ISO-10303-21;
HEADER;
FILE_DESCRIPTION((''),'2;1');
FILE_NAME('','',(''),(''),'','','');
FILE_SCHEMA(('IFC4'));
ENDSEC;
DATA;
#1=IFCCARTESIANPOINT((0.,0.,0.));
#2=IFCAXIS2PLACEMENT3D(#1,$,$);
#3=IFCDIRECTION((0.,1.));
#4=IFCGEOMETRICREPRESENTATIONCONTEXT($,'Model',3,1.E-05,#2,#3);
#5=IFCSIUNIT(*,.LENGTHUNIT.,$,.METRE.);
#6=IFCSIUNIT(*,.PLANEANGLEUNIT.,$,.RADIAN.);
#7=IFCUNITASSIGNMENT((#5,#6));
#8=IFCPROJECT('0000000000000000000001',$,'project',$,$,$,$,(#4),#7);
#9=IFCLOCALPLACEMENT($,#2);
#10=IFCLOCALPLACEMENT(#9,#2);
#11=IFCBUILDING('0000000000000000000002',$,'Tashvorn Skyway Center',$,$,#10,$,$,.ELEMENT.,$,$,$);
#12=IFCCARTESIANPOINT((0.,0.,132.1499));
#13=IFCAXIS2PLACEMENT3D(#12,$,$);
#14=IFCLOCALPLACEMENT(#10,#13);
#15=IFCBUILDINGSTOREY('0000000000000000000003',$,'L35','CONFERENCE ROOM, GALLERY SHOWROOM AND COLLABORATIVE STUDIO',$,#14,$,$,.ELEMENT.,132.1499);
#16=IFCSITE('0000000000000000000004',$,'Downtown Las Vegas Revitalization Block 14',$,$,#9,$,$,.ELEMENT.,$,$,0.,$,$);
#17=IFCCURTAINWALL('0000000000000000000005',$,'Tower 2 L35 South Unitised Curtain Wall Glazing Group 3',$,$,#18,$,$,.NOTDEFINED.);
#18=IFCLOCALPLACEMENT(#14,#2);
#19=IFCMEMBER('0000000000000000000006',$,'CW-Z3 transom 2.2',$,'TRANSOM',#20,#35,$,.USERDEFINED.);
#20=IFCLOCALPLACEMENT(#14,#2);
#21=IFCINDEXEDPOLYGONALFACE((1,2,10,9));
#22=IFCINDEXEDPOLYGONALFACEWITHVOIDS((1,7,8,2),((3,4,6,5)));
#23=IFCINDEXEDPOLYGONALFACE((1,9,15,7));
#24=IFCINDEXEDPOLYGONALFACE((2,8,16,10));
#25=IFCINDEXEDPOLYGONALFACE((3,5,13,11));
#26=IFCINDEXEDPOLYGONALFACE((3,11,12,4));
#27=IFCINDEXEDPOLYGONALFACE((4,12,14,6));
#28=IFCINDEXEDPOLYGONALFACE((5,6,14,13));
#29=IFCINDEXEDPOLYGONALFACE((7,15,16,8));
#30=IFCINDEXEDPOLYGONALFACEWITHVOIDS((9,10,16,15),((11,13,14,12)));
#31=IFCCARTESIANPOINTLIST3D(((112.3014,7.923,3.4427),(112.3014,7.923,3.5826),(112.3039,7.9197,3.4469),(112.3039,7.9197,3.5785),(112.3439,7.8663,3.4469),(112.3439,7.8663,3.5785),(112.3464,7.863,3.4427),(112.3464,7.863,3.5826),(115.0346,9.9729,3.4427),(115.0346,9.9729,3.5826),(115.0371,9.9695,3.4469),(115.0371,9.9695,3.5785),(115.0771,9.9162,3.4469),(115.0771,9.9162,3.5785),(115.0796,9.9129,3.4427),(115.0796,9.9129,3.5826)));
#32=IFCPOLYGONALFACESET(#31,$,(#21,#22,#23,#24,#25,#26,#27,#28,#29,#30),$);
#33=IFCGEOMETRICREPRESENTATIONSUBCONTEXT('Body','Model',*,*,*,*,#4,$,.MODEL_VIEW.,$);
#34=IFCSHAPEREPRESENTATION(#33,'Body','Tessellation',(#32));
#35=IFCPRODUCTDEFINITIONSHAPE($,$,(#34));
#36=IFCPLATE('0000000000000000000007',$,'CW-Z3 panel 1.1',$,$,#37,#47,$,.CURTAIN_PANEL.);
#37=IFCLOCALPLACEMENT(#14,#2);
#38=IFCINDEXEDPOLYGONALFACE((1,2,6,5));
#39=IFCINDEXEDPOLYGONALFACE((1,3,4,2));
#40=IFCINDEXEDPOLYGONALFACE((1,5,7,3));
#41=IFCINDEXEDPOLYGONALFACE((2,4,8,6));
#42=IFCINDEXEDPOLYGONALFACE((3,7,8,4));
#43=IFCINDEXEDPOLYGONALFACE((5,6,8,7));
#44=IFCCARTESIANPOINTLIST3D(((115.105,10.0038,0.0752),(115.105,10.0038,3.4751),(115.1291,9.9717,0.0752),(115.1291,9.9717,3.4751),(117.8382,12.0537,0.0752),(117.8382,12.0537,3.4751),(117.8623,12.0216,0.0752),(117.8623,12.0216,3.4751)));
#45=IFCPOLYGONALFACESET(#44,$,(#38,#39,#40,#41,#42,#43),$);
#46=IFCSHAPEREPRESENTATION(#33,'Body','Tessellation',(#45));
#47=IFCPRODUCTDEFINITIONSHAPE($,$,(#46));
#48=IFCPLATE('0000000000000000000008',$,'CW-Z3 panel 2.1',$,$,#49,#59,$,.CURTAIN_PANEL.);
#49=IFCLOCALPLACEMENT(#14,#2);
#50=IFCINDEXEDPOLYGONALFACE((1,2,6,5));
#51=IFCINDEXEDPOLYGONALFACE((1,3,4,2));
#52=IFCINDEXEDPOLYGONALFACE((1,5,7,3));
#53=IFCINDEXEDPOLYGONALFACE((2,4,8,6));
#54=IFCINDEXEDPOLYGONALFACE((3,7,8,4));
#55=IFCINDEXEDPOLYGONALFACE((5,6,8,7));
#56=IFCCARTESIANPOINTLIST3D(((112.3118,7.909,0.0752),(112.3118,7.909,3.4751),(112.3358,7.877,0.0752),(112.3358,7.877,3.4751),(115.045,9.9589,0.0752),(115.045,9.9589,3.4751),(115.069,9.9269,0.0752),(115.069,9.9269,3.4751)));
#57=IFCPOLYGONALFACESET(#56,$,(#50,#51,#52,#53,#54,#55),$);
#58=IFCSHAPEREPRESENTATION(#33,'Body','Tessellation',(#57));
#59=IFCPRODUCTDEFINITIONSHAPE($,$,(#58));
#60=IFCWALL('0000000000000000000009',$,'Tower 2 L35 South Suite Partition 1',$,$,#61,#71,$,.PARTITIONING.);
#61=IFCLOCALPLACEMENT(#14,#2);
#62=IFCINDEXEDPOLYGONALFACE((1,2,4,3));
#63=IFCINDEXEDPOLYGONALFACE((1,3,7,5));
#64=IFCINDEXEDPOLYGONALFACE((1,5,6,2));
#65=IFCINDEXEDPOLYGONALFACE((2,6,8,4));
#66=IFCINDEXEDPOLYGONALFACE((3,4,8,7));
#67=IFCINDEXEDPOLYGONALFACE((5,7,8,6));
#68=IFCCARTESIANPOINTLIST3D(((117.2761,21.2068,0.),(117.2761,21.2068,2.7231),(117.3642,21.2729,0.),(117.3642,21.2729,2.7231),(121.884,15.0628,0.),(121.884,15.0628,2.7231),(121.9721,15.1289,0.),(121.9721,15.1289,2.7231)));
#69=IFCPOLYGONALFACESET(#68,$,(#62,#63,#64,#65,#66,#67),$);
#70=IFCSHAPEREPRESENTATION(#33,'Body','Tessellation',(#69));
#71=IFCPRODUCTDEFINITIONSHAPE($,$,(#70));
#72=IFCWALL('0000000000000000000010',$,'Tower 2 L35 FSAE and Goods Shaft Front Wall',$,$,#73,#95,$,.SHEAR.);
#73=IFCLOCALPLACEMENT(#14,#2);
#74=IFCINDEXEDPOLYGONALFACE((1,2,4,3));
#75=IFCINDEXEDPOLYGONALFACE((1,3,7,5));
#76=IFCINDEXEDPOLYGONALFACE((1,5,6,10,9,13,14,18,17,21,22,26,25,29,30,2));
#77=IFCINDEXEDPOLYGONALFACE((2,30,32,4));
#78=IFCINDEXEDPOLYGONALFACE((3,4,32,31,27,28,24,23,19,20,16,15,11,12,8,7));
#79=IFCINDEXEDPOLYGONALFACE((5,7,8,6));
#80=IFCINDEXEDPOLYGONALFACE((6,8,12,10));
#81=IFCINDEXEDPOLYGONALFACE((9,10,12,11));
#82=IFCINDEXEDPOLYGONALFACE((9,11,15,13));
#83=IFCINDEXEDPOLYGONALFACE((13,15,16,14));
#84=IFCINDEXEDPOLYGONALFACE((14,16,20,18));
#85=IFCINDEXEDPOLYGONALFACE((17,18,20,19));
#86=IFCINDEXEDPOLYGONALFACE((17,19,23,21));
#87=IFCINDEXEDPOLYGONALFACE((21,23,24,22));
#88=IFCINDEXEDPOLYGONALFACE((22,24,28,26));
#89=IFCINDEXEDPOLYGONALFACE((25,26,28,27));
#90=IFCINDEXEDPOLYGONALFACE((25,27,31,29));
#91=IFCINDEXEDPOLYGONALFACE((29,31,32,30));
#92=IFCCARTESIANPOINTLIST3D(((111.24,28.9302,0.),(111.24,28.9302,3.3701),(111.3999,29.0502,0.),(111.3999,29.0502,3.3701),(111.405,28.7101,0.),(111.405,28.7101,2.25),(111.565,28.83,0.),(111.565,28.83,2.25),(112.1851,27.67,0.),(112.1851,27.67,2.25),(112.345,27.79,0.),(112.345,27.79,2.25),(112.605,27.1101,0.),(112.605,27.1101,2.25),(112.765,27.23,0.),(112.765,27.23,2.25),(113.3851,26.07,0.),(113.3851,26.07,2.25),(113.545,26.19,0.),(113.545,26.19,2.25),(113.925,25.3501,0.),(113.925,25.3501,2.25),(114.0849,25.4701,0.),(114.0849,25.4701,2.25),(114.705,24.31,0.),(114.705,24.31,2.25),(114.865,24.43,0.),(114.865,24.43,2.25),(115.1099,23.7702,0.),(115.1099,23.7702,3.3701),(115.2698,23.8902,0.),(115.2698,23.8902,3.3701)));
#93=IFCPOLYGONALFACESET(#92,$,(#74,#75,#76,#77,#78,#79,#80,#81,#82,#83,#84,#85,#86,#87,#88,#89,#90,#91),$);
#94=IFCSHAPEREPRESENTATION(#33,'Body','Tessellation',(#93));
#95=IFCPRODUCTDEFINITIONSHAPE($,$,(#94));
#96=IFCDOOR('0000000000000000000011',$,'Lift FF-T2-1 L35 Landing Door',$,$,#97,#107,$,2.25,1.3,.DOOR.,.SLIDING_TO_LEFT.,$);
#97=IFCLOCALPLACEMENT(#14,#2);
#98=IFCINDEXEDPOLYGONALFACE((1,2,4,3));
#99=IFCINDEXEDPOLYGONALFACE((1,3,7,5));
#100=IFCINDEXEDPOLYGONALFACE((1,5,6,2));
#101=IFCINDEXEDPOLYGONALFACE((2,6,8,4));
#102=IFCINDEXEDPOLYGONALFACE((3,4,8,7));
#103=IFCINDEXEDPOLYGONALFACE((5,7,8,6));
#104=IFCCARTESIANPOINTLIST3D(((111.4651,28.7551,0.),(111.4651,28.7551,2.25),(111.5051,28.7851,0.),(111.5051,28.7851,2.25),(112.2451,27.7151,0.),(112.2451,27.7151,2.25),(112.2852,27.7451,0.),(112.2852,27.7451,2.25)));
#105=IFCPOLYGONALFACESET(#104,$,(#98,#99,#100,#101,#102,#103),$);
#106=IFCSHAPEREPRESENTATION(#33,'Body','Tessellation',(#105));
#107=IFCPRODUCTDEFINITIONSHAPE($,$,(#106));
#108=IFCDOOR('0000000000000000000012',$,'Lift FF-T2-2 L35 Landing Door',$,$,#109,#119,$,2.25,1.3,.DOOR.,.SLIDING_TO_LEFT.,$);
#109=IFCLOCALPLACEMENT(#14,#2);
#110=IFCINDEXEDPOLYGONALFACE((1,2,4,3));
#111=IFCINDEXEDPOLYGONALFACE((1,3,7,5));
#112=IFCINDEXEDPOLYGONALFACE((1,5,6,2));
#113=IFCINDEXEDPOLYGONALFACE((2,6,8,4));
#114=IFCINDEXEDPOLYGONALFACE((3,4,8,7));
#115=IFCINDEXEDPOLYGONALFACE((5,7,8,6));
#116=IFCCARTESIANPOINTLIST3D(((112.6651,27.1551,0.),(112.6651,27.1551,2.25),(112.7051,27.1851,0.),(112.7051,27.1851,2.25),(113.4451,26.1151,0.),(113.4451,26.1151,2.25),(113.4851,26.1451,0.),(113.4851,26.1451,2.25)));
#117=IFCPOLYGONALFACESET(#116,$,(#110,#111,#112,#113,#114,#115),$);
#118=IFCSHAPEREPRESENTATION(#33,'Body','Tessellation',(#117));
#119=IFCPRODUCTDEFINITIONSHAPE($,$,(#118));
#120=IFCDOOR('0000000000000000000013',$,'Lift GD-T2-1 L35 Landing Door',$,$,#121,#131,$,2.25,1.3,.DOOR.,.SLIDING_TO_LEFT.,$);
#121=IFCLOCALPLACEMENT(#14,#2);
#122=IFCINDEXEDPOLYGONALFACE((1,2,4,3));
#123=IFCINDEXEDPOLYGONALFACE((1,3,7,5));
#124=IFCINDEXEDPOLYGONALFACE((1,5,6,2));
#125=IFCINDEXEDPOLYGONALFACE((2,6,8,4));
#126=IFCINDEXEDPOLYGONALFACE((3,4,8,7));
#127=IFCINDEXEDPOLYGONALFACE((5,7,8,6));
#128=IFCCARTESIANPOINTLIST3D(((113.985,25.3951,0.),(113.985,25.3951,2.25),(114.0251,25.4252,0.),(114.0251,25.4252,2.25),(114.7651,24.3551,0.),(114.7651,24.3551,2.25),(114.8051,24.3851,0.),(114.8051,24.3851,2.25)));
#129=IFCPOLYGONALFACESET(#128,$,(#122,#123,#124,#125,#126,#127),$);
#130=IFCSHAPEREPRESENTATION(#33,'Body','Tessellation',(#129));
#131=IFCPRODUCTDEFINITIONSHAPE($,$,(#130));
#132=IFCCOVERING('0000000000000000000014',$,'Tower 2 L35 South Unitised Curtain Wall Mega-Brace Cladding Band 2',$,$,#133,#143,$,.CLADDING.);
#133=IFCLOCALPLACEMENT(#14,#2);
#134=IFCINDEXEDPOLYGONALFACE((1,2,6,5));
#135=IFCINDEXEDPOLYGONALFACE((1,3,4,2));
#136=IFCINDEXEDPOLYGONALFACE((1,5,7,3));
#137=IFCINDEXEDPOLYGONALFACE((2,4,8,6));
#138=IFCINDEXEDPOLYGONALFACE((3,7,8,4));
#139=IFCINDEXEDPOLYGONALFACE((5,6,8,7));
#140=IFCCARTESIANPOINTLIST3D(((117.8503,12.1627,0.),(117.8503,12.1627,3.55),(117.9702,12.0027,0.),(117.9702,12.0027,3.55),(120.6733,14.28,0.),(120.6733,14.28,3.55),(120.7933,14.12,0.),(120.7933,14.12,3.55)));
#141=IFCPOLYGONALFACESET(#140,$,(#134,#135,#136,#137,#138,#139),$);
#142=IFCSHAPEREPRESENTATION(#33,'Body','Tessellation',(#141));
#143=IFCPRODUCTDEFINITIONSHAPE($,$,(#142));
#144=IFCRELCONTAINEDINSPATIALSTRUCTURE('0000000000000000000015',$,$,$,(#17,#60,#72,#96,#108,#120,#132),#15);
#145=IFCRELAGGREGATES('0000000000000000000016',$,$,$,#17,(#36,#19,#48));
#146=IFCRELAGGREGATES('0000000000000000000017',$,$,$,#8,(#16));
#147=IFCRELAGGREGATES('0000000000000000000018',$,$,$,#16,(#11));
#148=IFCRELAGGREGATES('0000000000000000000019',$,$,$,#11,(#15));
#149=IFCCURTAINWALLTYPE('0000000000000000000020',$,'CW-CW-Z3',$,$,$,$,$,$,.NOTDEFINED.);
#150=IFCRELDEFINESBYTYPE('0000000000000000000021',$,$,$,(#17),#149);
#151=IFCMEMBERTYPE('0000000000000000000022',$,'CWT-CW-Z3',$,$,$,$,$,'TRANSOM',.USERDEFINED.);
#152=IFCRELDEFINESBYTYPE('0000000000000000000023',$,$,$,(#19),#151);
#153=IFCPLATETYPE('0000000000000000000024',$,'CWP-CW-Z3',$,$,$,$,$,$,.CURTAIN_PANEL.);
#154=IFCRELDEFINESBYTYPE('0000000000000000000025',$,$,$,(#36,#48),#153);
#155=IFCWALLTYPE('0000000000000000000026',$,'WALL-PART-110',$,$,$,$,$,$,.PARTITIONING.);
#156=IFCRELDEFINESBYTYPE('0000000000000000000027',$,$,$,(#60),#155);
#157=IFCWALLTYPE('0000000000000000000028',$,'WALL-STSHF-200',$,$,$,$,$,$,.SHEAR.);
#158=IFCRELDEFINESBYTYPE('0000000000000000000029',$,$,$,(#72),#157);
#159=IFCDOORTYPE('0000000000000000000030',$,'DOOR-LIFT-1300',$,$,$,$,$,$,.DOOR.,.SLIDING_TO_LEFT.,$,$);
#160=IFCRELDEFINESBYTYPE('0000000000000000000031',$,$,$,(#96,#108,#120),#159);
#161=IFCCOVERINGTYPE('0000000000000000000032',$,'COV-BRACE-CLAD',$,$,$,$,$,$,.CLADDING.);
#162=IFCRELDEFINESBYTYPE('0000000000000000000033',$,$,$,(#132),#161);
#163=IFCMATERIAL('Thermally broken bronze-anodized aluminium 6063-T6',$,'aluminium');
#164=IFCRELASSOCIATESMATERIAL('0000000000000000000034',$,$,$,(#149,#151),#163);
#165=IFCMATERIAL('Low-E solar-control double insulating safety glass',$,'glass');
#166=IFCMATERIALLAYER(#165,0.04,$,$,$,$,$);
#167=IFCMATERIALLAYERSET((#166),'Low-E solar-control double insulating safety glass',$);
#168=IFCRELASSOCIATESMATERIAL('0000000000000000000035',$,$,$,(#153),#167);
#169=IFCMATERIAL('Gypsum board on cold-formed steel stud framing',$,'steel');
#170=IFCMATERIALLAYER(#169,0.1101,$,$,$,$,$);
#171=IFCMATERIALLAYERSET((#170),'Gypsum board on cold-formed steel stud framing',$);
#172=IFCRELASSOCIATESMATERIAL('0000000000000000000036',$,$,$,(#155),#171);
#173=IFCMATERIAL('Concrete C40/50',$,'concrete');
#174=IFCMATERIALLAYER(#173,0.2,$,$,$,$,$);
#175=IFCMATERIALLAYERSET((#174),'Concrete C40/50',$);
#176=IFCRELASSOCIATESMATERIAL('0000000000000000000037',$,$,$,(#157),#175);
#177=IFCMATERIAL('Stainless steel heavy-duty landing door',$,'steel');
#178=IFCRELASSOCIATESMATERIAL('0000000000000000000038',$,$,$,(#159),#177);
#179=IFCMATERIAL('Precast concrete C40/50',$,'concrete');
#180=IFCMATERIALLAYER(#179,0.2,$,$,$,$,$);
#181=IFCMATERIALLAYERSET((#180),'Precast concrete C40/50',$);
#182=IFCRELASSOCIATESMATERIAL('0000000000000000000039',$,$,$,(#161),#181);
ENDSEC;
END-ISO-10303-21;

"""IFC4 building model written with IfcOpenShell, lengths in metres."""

from ifc_helpers import new_model, si_unit, direction, frame, frame_2d, origin, origin_2d, place, context, subcontext, project, spatial, rectangle, hollow_rectangle, extrude, material, layer, layer_set, material_profile, profile_set, type_object, element, fill, aggregate, save


model = new_model("IFC4")

# Units and contexts
model_context = context("Model", 3, precision=1e-05, world=origin(), true_north=direction((0.0, 1.0)))
body_context = subcontext(model_context, "Body", "Model", "MODEL_VIEW")
ifc_project = project(units=[si_unit("LENGTHUNIT", "METRE"), si_unit("PLANEANGLEUNIT", "RADIAN")], contexts=[model_context])

# Site, building, storey
site_placement = place(None, origin())
site = spatial("IfcSite", under=ifc_project, at=site_placement, Name="Downtown Las Vegas Revitalization Block 14", CompositionType="ELEMENT", RefElevation=0.0)
building_placement = place(site_placement, origin())
building = spatial("IfcBuilding", under=site, at=building_placement, Name="Tashvorn Skyway Center", CompositionType="ELEMENT")
storey_placement = place(building_placement, frame((0.0, 0.0, 132.1499)))
storey = spatial("IfcBuildingStorey", under=building, at=storey_placement, Name="L35", Description="CONFERENCE ROOM, GALLERY SHOWROOM AND COLLABORATIVE STUDIO", CompositionType="ELEMENT", Elevation=132.1499)

# Shared definitions
ifc_material_1 = material(Name="Thermally broken bronze-anodized aluminium 6063-T6", Category="aluminium")
curtain_wall_type = type_object("IfcCurtainWallType", Name="CW-CW-Z3", PredefinedType="NOTDEFINED", material=ifc_material_1)

# Curtain wall, member, plates
curtain_wall_1_placement = place(storey_placement, origin())
curtain_wall_1 = element("IfcCurtainWall", 1, at=curtain_wall_1_placement, inside=storey, type_object=curtain_wall_type, Name="Tower 2 L35 South Unitised Curtain Wall Glazing Group 3", PredefinedType="NOTDEFINED")
ifc_material_profile_1 = material_profile(ifc_material_1, hollow_rectangle(XDim=0.075, YDim=0.1399, WallThickness=0.0042, at=origin_2d()), Name="ALU-TRAN-75x140")
ifc_profile_set_1 = profile_set([ifc_material_profile_1], Name="Thermally broken bronze-anodized aluminium 6063-T6")
member_type_1 = type_object("IfcMemberType", Name="CWT-CW-Z3", ElementType="TRANSOM", PredefinedType="USERDEFINED", material=ifc_profile_set_1)
member_1_placement = place(storey_placement, frame((115.0571, 9.9429, 3.5127), z_axis=(-0.800009, -0.599989, 0.0), x_axis=(0.599989, -0.800009, 0.0)))
member_1 = element("IfcMember", 2, at=member_1_placement, type_object=member_type_1, Name="CW-Z3 transom 2.2", ObjectType="TRANSOM", PredefinedType="USERDEFINED", context=body_context, shape_type="SweptSolid", body=[
    extrude(hollow_rectangle(XDim=0.075, YDim=0.1399, WallThickness=0.0042, at=origin_2d()), origin(), (0.0, 0.0, 1.0), 3.4165),
])
ifc_material_2 = material(Name="Low-E solar-control double insulating safety glass", Category="glass")
ifc_layer_1 = layer(ifc_material_2, 0.04)
ifc_layer_set_1 = layer_set([ifc_layer_1], Name="Low-E solar-control double insulating safety glass")
plate_type = type_object("IfcPlateType", Name="CWP-CW-Z3", PredefinedType="CURTAIN_PANEL", material=ifc_layer_set_1)
plate_1_placement = place(storey_placement, frame((116.4836, 11.0127, 0.0752), z_axis=(0.0, 0.0, 1.0), x_axis=(-0.799997, -0.600005, 0.0)))
plate_1 = element("IfcPlate", 3, at=plate_1_placement, type_object=plate_type, Name="CW-Z3 panel 1.1", PredefinedType="CURTAIN_PANEL", context=body_context, shape_type="SweptSolid", body=[
    extrude(rectangle(XDim=3.4165, YDim=0.04, at=origin_2d()), origin(), (0.0, 0.0, 1.0), 3.3999),
])
plate_2_placement = place(storey_placement, frame((113.6904, 8.918, 0.0752), z_axis=(0.0, 0.0, 1.0), x_axis=(-0.799997, -0.600005, 0.0)))
plate_2 = element("IfcPlate", 4, at=plate_2_placement, type_object=plate_type, Name="CW-Z3 panel 2.1", PredefinedType="CURTAIN_PANEL", context=body_context, shape_type="SweptSolid", body=[
    extrude(rectangle(XDim=3.4165, YDim=0.04, at=origin_2d()), origin(), (0.0, 0.0, 1.0), 3.3999),
])
aggregate(curtain_wall_1, [plate_1, member_1, plate_2])

# Wall
ifc_material_3 = material(Name="Gypsum board on cold-formed steel stud framing", Category="steel")
ifc_layer_2 = layer(ifc_material_3, 0.1101)
ifc_layer_set_2 = layer_set([ifc_layer_2], Name="Gypsum board on cold-formed steel stud framing")
wall_type_1 = type_object("IfcWallType", Name="WALL-PART-110", PredefinedType="PARTITIONING", material=ifc_layer_set_2)
wall_1_placement = place(storey_placement, frame((121.928, 15.0959, 0.0), z_axis=(0.0, 0.0, 1.0), x_axis=(-0.59999, 0.800008, 0.0)))
element("IfcWall", 5, at=wall_1_placement, inside=storey, type_object=wall_type_1, Name="Tower 2 L35 South Suite Partition 1", PredefinedType="PARTITIONING", context=body_context, shape_type="SweptSolid", body=[
    extrude(rectangle(XDim=7.6799, YDim=0.1101, at=frame_2d((3.8398, 0.0))), origin(), (0.0, 0.0, 1.0), 2.7231),
])

# Wall, openings, doors
ifc_material_4 = material(Name="Concrete C40/50", Category="concrete")
ifc_layer_3 = layer(ifc_material_4, 0.2)
ifc_layer_set_3 = layer_set([ifc_layer_3], Name="Concrete C40/50")
wall_type_2 = type_object("IfcWallType", Name="WALL-STSHF-200", PredefinedType="SHEAR", material=ifc_layer_set_3)
wall_2_placement = place(storey_placement, frame((115.1899, 23.8301, 0.0), z_axis=(0.0, 0.0, 1.0), x_axis=(-0.599994, 0.800005, 0.0)))
wall_2 = element("IfcWall", 6, at=wall_2_placement, inside=storey, type_object=wall_type_2, Name="Tower 2 L35 FSAE and Goods Shaft Front Wall", PredefinedType="SHEAR", context=body_context, shape_type="SweptSolid", body=[
    extrude(rectangle(XDim=6.45, YDim=0.2, at=frame_2d((3.2251, 0.0))), origin(), (0.0, 0.0, 1.0), 3.3701),
])
opening_1_placement = place(wall_2_placement, frame((4.875, 0.0, 0.0)))
opening_1 = element("IfcOpeningElement", 7, at=opening_1_placement, cuts=wall_2, PredefinedType="OPENING", context=body_context, shape_type="SweptSolid", body=[
    extrude(rectangle(XDim=1.3, YDim=2.25, at=frame_2d((0.6499, 1.125))), frame((0.0, 0.1099, 0.0), z_axis=(0.0, -1.0, 0.0), x_axis=(1.0, 0.0, 0.0)), (0.0, 0.0, 1.0), 0.22),
])
opening_2_placement = place(wall_2_placement, frame((2.875, 0.0, 0.0)))
opening_2 = element("IfcOpeningElement", 8, at=opening_2_placement, cuts=wall_2, PredefinedType="OPENING", context=body_context, shape_type="SweptSolid", body=[
    extrude(rectangle(XDim=1.3, YDim=2.25, at=frame_2d((0.6499, 1.125))), frame((0.0, 0.1099, 0.0), z_axis=(0.0, -1.0, 0.0), x_axis=(1.0, 0.0, 0.0)), (0.0, 0.0, 1.0), 0.22),
])
opening_3_placement = place(wall_2_placement, frame((0.675, 0.0, 0.0)))
opening_3 = element("IfcOpeningElement", 9, at=opening_3_placement, cuts=wall_2, PredefinedType="OPENING", context=body_context, shape_type="SweptSolid", body=[
    extrude(rectangle(XDim=1.3, YDim=2.25, at=frame_2d((0.6499, 1.125))), frame((0.0, 0.1099, 0.0), z_axis=(0.0, -1.0, 0.0), x_axis=(1.0, 0.0, 0.0)), (0.0, 0.0, 1.0), 0.22),
])
ifc_material_5 = material(Name="Stainless steel heavy-duty landing door", Category="steel")
door_type = type_object("IfcDoorType", Name="DOOR-LIFT-1300", OperationType="SLIDING_TO_LEFT", PredefinedType="DOOR", material=ifc_material_5)
door_1_placement = place(opening_1_placement, origin())
door_1 = element("IfcDoor", 10, at=door_1_placement, inside=storey, type_object=door_type, Name="Lift FF-T2-1 L35 Landing Door", OperationType="SLIDING_TO_LEFT", OverallHeight=2.25, OverallWidth=1.3, PredefinedType="DOOR", context=body_context, shape_type="SweptSolid", body=[
    extrude(rectangle(XDim=1.3, YDim=2.25, at=frame_2d((0.6499, 1.125))), frame((0.0, 0.0249, 0.0), z_axis=(0.0, -1.0, 0.0), x_axis=(1.0, 0.0, 0.0)), (0.0, 0.0, 1.0), 0.05),
])
fill(opening_1, door_1)
door_2_placement = place(opening_2_placement, origin())
door_2 = element("IfcDoor", 11, at=door_2_placement, inside=storey, type_object=door_type, Name="Lift FF-T2-2 L35 Landing Door", OperationType="SLIDING_TO_LEFT", OverallHeight=2.25, OverallWidth=1.3, PredefinedType="DOOR", context=body_context, shape_type="SweptSolid", body=[
    extrude(rectangle(XDim=1.3, YDim=2.25, at=frame_2d((0.6499, 1.125))), frame((0.0, 0.0249, 0.0), z_axis=(0.0, -1.0, 0.0), x_axis=(1.0, 0.0, 0.0)), (0.0, 0.0, 1.0), 0.05),
])
fill(opening_2, door_2)
door_3_placement = place(opening_3_placement, origin())
door_3 = element("IfcDoor", 12, at=door_3_placement, inside=storey, type_object=door_type, Name="Lift GD-T2-1 L35 Landing Door", OperationType="SLIDING_TO_LEFT", OverallHeight=2.25, OverallWidth=1.3, PredefinedType="DOOR", context=body_context, shape_type="SweptSolid", body=[
    extrude(rectangle(XDim=1.3, YDim=2.25, at=frame_2d((0.6499, 1.125))), frame((0.0, 0.0249, 0.0), z_axis=(0.0, -1.0, 0.0), x_axis=(1.0, 0.0, 0.0)), (0.0, 0.0, 1.0), 0.05),
])
fill(opening_3, door_3)

# Covering
ifc_material_6 = material(Name="Precast concrete C40/50", Category="concrete")
ifc_layer_4 = layer(ifc_material_6, 0.2)
ifc_layer_set_4 = layer_set([ifc_layer_4], Name="Precast concrete C40/50")
covering_type = type_object("IfcCoveringType", Name="COV-BRACE-CLAD", PredefinedType="CLADDING", material=ifc_layer_set_4)
covering_placement = place(storey_placement, frame((119.3218, 13.1414, 0.0), z_axis=(0.0, 0.0, 1.0), x_axis=(-0.8, -0.6, 0.0)))
element("IfcCovering", 13, at=covering_placement, inside=storey, type_object=covering_type, Name="Tower 2 L35 South Unitised Curtain Wall Mega-Brace Cladding Band 2", PredefinedType="CLADDING", context=body_context, shape_type="SweptSolid", body=[
    extrude(rectangle(XDim=3.5288, YDim=0.2, at=origin_2d()), origin(), (0.0, 0.0, 1.0), 3.55),
])

save(model, "model.ifc")
